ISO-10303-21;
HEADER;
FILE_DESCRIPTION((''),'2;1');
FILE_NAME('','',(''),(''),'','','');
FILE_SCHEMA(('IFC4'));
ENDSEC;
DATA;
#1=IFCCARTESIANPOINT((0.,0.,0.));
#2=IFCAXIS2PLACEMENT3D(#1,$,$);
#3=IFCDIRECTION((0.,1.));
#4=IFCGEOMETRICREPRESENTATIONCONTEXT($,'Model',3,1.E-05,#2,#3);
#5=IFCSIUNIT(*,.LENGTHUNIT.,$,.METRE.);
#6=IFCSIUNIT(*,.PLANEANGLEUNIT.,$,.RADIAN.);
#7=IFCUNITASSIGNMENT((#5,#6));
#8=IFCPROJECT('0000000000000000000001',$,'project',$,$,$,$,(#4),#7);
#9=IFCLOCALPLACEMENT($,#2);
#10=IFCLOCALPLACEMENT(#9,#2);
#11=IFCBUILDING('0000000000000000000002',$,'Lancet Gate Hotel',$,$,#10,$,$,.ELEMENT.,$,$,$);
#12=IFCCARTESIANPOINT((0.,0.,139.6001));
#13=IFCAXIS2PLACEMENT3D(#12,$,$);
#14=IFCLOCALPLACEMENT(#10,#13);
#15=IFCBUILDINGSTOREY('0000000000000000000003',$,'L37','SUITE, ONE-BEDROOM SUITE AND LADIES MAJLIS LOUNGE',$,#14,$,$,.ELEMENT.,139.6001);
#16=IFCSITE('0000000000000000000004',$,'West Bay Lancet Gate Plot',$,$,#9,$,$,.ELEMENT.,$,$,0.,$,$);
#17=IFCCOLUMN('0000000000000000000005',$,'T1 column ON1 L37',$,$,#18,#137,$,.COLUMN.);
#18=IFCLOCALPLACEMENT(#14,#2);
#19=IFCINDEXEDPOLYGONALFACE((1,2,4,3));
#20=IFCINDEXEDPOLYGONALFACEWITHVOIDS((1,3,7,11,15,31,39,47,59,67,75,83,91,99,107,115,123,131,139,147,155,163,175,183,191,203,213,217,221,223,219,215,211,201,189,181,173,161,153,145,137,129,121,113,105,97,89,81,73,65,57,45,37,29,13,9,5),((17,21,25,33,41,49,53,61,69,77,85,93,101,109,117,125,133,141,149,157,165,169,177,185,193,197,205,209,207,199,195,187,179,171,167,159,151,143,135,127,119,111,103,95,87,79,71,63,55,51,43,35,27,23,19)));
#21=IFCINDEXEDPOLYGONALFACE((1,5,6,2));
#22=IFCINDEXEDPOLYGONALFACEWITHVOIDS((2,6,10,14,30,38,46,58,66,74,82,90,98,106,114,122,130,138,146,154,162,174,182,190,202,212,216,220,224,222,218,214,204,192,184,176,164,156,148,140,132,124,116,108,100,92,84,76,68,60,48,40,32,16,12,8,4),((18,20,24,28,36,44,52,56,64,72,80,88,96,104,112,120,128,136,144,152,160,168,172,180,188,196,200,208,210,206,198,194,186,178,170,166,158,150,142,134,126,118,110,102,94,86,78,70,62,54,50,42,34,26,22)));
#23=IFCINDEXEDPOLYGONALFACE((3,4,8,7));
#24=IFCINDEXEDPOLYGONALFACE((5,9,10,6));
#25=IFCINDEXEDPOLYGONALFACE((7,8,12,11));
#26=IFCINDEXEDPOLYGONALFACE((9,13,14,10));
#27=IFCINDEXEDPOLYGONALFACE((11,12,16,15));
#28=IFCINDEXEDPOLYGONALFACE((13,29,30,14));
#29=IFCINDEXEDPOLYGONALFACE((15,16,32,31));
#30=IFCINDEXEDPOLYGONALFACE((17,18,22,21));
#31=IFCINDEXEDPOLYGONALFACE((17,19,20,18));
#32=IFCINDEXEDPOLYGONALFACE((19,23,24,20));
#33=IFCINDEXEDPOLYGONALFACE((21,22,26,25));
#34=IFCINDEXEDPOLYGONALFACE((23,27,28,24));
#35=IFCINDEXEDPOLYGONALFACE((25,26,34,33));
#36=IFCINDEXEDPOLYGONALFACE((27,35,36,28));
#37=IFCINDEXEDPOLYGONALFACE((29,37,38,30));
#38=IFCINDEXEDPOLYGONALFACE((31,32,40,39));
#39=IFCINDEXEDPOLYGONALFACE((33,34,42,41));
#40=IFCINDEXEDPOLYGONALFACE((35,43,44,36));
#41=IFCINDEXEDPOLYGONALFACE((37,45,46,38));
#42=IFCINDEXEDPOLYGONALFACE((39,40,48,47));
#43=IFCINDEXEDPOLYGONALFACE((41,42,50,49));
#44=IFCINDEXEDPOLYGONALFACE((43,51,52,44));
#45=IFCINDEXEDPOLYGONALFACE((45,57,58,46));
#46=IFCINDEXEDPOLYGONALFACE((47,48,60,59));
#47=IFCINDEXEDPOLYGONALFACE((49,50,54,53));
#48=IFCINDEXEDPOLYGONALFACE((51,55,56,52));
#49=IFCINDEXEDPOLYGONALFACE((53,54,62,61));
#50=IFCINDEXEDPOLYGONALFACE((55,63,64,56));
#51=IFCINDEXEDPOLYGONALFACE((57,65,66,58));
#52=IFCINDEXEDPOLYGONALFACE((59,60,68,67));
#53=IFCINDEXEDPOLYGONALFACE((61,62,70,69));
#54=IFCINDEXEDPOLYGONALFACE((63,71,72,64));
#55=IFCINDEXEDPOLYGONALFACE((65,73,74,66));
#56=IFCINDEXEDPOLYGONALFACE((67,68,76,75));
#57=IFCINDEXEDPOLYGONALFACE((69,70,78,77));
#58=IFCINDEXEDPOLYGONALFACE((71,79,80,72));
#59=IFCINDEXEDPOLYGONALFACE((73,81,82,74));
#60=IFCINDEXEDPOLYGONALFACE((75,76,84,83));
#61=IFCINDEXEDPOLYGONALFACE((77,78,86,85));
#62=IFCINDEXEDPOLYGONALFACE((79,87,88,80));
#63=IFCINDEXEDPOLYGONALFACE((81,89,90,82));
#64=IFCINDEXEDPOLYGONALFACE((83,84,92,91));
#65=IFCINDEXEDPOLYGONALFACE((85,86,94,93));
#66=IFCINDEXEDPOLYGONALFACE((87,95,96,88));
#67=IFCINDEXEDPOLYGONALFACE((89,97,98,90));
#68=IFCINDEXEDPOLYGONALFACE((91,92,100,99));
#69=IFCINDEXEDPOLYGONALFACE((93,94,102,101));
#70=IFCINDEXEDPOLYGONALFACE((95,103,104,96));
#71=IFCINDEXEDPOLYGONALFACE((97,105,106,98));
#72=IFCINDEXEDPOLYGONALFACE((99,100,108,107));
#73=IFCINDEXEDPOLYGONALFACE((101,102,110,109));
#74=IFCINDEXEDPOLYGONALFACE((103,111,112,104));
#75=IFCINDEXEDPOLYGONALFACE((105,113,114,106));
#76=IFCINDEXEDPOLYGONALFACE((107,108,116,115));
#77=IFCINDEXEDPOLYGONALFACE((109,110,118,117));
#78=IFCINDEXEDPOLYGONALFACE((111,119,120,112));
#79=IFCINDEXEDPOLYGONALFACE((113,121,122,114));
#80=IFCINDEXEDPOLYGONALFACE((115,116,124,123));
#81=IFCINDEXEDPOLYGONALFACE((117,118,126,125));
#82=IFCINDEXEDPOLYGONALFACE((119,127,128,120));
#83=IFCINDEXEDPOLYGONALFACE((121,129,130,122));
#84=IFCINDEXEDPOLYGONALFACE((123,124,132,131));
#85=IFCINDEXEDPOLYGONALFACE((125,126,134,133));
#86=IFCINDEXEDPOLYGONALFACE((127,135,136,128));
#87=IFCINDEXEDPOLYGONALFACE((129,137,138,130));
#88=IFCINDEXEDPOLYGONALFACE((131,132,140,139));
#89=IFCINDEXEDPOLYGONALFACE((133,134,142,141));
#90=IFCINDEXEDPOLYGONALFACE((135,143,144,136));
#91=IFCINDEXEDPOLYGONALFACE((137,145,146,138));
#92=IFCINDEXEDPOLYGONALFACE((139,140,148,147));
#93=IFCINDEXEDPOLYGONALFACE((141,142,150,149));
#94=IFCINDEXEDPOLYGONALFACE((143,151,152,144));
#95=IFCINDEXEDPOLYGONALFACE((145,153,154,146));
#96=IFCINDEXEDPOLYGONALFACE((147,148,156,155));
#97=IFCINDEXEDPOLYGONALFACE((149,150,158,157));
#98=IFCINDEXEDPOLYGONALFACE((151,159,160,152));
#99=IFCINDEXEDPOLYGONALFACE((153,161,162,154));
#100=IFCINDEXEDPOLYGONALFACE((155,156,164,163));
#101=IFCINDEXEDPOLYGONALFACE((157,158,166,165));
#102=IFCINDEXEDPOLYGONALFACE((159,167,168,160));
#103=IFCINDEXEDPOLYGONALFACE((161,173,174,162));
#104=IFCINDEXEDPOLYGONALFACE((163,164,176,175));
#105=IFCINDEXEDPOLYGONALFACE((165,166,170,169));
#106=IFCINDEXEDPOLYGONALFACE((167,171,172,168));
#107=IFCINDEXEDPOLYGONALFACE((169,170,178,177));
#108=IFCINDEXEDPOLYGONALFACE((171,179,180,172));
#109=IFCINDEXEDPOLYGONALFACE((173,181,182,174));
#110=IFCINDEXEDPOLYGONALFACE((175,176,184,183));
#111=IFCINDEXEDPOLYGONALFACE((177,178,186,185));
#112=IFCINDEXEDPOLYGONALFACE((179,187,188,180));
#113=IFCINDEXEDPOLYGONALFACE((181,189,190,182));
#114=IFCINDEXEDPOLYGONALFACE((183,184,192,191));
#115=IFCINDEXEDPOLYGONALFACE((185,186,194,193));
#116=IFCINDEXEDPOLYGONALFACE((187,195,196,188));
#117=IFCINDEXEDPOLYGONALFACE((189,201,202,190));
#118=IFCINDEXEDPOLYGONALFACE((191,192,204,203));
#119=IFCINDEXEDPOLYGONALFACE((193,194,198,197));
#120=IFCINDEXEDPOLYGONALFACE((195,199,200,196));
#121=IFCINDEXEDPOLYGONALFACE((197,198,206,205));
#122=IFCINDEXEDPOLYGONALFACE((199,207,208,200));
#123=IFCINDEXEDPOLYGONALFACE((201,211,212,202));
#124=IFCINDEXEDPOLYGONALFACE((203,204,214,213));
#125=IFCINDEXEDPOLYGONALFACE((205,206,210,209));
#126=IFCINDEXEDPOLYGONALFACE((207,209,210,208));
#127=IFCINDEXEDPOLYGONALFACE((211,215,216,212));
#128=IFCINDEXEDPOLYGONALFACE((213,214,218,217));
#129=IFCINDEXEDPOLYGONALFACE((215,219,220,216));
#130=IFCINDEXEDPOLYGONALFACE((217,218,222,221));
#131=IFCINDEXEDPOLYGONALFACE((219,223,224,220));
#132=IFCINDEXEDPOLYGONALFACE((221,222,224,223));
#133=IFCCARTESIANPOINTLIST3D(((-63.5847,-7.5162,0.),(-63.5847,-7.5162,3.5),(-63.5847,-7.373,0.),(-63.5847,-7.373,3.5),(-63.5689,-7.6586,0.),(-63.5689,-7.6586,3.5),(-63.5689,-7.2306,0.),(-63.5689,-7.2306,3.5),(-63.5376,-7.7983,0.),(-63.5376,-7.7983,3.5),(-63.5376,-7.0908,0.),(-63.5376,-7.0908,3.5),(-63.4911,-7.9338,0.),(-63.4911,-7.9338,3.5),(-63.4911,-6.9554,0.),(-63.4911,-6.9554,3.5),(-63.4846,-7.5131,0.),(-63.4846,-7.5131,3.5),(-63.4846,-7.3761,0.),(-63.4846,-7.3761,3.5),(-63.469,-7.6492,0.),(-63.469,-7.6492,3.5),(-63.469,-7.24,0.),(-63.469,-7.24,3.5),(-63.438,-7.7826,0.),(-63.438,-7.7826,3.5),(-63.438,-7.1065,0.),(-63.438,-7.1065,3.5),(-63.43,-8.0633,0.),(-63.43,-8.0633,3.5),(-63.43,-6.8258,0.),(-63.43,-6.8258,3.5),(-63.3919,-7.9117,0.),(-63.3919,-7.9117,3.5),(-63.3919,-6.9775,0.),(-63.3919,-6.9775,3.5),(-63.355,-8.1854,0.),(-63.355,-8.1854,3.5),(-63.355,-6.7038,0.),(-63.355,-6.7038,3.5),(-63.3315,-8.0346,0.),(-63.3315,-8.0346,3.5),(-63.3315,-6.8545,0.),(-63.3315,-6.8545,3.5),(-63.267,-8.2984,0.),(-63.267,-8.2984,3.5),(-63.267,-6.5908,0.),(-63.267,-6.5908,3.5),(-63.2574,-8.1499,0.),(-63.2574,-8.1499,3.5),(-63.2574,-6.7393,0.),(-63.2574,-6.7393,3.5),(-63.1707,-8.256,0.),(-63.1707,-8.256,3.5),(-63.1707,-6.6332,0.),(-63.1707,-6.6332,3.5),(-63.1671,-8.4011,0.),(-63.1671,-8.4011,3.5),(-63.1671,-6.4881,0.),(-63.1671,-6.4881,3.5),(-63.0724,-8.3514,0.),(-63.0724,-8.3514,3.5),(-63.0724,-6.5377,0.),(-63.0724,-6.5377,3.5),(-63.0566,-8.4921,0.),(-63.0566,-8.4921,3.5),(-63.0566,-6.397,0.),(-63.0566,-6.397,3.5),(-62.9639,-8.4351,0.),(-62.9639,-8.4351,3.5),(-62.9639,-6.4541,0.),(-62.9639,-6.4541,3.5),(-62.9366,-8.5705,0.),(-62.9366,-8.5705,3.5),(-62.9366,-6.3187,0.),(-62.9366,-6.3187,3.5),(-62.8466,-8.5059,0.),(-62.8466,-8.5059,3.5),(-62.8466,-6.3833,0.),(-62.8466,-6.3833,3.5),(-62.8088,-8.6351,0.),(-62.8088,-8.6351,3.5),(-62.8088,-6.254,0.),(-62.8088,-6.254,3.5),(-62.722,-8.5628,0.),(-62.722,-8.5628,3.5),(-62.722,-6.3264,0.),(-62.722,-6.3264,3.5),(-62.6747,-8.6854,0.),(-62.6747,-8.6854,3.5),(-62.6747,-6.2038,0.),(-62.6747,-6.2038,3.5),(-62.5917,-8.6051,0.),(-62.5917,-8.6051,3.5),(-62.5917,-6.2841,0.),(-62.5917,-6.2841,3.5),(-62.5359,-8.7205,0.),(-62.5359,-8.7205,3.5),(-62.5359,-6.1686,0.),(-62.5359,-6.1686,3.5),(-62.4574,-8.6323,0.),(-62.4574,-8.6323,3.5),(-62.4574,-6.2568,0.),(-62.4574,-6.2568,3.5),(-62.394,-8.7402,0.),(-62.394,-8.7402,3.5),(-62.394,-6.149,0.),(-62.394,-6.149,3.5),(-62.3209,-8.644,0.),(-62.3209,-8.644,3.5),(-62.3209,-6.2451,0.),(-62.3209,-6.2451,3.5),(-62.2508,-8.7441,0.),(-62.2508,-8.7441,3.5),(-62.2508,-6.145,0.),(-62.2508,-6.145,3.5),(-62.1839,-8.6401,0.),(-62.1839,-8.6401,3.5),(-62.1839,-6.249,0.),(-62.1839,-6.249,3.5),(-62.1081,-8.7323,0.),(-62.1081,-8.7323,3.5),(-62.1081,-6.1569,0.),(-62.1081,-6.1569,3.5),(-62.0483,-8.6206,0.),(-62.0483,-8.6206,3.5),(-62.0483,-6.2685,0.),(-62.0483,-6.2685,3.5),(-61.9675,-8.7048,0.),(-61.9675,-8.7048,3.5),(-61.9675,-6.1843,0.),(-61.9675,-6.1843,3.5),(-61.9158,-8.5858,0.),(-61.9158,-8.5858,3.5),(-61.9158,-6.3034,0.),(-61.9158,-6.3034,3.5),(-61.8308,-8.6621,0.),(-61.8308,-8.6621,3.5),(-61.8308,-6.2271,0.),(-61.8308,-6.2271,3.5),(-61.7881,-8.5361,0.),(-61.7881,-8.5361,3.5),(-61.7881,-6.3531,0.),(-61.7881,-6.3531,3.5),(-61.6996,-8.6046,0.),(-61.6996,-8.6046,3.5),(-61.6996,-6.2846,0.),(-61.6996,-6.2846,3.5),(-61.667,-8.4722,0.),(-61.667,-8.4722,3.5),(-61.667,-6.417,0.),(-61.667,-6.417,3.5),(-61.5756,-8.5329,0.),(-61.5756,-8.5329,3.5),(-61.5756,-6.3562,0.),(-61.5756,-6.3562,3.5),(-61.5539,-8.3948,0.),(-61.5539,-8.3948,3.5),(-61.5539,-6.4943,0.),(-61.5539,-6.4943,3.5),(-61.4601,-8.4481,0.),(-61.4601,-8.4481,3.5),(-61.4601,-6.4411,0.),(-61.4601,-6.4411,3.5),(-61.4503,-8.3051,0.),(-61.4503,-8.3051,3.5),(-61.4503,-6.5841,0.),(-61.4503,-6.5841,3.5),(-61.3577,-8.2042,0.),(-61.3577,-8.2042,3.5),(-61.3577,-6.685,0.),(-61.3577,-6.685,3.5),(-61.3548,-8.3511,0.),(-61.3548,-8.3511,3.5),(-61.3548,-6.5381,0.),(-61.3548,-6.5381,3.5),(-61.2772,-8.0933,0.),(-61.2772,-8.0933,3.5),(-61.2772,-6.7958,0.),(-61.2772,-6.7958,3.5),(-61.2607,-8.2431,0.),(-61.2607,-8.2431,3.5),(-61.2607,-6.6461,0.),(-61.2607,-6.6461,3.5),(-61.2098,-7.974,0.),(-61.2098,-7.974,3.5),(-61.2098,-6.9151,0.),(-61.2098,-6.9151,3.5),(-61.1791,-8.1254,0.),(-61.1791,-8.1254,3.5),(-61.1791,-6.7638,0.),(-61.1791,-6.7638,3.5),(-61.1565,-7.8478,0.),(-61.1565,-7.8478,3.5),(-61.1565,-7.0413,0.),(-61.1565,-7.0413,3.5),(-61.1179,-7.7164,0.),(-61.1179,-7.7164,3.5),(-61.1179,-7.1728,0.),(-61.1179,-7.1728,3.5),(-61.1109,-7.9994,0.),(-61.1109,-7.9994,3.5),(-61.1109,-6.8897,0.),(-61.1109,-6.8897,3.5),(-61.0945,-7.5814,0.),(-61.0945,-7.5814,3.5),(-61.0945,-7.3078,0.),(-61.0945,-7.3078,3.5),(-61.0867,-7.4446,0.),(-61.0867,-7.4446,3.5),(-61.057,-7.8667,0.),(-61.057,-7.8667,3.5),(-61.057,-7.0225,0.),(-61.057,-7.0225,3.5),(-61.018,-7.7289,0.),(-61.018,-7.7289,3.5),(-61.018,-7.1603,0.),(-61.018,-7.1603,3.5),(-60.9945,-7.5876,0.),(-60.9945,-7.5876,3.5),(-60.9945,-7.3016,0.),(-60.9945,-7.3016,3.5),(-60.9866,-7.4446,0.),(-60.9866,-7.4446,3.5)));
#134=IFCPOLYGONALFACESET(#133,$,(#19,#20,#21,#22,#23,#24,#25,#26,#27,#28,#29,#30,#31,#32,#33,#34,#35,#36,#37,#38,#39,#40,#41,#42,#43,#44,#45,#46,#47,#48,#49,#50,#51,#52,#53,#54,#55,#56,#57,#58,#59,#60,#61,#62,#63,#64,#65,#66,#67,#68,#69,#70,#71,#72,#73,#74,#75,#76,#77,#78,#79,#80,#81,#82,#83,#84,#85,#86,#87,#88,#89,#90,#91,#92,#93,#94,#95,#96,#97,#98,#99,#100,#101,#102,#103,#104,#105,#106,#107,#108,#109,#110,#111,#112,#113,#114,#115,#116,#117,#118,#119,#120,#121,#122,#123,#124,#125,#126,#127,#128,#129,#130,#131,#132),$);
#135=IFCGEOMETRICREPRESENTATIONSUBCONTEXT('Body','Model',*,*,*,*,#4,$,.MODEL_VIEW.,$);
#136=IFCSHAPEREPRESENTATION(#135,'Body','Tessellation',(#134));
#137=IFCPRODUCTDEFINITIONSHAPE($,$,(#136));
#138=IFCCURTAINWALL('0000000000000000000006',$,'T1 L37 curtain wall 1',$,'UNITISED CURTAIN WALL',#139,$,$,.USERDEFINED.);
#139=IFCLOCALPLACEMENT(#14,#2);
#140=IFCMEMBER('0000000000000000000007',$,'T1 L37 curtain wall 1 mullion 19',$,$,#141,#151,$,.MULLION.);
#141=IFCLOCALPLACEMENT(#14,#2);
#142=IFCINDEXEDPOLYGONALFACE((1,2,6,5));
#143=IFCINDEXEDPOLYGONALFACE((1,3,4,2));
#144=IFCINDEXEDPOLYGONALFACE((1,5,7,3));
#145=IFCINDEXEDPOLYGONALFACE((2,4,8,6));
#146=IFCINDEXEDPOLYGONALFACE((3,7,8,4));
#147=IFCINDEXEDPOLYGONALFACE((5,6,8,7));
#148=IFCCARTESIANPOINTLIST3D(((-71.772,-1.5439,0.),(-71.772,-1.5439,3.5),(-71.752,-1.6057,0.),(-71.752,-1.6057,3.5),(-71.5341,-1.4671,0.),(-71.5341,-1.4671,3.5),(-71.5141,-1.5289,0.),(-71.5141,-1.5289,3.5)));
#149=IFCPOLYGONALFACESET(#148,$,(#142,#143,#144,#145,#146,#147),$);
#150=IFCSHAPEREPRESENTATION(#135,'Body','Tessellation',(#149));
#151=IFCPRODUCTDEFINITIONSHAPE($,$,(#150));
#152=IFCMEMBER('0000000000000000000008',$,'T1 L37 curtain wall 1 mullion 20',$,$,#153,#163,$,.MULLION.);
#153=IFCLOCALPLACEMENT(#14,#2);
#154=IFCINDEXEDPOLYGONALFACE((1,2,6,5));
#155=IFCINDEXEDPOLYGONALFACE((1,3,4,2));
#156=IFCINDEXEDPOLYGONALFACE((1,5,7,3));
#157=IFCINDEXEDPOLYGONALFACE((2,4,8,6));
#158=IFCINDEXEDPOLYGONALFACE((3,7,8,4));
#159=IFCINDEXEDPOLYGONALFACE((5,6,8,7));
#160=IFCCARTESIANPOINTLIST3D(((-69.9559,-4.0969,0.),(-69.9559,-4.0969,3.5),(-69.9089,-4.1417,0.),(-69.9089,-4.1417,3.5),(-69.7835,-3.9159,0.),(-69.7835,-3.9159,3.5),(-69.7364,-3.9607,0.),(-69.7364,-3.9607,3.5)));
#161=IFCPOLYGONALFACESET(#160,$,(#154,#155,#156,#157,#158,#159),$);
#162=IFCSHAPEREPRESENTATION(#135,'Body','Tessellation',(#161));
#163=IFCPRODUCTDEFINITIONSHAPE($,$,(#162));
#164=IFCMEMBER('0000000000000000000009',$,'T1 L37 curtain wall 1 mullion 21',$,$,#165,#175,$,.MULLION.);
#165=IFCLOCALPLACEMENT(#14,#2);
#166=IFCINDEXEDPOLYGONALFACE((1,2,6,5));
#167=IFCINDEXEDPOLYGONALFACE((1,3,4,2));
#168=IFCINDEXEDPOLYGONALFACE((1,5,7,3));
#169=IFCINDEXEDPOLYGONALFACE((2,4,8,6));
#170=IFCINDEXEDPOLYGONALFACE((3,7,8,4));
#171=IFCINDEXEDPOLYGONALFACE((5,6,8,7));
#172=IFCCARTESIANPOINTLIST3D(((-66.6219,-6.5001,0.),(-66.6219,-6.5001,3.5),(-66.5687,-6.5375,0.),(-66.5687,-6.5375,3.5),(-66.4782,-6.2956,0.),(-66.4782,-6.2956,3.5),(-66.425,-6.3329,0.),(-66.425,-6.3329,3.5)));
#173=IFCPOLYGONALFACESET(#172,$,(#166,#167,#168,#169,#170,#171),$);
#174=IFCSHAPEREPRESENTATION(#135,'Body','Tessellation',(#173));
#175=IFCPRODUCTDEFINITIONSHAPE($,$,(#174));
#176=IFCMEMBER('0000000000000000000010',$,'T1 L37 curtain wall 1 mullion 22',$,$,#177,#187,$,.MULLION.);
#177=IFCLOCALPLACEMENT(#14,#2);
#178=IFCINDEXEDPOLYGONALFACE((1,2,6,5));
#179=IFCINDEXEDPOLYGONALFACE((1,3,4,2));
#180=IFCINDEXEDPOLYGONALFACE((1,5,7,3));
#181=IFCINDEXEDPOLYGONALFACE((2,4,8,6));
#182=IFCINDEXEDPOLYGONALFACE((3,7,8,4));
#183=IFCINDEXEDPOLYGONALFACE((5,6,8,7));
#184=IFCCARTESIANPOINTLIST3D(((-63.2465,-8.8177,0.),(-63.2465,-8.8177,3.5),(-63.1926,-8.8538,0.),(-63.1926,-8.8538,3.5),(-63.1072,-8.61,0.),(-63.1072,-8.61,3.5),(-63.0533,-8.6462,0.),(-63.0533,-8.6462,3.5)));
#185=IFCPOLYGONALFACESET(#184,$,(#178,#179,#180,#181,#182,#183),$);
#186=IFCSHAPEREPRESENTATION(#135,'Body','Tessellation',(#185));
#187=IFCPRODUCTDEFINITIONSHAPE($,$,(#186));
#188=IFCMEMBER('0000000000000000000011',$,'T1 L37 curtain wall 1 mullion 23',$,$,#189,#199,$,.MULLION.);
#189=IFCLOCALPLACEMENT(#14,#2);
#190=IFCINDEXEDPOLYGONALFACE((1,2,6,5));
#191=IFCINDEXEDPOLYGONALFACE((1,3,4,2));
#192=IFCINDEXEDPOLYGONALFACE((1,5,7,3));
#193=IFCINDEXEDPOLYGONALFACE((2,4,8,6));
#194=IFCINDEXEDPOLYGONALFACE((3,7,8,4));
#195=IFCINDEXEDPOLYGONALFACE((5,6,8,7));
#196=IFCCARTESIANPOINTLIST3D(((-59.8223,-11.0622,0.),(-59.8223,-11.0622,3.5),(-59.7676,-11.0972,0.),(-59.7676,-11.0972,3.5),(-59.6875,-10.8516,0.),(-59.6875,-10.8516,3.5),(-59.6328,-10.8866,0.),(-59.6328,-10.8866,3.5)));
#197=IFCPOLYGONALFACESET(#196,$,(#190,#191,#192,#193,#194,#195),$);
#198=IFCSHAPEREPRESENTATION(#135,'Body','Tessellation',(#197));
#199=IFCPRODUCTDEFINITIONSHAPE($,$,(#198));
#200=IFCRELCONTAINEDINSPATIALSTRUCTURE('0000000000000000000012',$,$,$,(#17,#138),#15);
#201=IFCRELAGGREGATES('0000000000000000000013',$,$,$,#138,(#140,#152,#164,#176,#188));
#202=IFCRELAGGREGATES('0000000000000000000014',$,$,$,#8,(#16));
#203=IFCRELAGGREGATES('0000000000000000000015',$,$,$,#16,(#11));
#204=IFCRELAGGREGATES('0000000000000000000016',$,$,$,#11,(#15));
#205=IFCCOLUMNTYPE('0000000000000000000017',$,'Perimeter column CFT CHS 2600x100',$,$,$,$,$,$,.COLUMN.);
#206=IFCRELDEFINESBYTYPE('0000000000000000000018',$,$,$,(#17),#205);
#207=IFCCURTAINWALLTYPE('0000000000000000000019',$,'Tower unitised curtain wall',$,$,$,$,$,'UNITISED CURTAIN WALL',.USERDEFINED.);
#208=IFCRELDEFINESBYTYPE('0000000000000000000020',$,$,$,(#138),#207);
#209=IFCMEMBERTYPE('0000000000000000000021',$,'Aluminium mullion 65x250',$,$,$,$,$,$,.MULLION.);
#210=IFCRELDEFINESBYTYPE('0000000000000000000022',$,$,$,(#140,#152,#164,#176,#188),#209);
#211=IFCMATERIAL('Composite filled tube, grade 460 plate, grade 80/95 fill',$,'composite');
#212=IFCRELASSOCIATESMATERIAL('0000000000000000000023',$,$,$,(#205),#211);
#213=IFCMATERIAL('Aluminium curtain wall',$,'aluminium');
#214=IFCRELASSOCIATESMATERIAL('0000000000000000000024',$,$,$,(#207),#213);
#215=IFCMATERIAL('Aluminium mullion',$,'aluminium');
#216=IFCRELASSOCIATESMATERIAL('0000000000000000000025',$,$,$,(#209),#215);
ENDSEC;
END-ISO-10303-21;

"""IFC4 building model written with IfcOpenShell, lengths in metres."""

from ifc_helpers import new_model, si_unit, direction, frame, origin, origin_2d, place, context, subcontext, project, spatial, rectangle, hollow_circle, extrude, material, material_profile, profile_set, type_object, element, aggregate, save


model = new_model("IFC4")

# Units and contexts
model_context = context("Model", 3, precision=1e-05, world=origin(), true_north=direction((0.0, 1.0)))
body_context = subcontext(model_context, "Body", "Model", "MODEL_VIEW")
ifc_project = project(units=[si_unit("LENGTHUNIT", "METRE"), si_unit("PLANEANGLEUNIT", "RADIAN")], contexts=[model_context])

# Site, building, storey
site_placement = place(None, origin())
site = spatial("IfcSite", under=ifc_project, at=site_placement, Name="West Bay Lancet Gate Plot", CompositionType="ELEMENT", RefElevation=0.0)
building_placement = place(site_placement, origin())
building = spatial("IfcBuilding", under=site, at=building_placement, Name="Lancet Gate Hotel", CompositionType="ELEMENT")
storey_placement = place(building_placement, frame((0.0, 0.0, 139.6001)))
storey = spatial("IfcBuildingStorey", under=building, at=storey_placement, Name="L37", Description="SUITE, ONE-BEDROOM SUITE AND LADIES MAJLIS LOUNGE", CompositionType="ELEMENT", Elevation=139.6001)

# Column
ifc_material_1 = material(Name="Composite filled tube, grade 460 plate, grade 80/95 fill", Category="composite")
ifc_material_profile_1 = material_profile(ifc_material_1, hollow_circle(Radius=1.3, WallThickness=0.1001, at=origin_2d()), Name="CHS 2600x100")
ifc_profile_set_1 = profile_set([ifc_material_profile_1], Name="Composite filled tube, grade 460 plate, grade 80/95 fill")
column_type_1 = type_object("IfcColumnType", Name="Perimeter column CFT CHS 2600x100", PredefinedType="COLUMN", material=ifc_profile_set_1)
column_1_placement = place(storey_placement, frame((-62.2866, -7.4446, 0.0), z_axis=(0.0, 0.0, 1.0), x_axis=(1.0, 0.0, 0.0)))
element("IfcColumn", 1, at=column_1_placement, inside=storey, type_object=column_type_1, Name="T1 column ON1 L37", PredefinedType="COLUMN", context=body_context, shape_type="SweptSolid", body=[
    extrude(hollow_circle(Radius=1.3, WallThickness=0.1001, at=origin_2d()), origin(), (0.0, 0.0, 1.0), 3.5),
])

# Curtain wall, members
ifc_material_2 = material(Name="Aluminium curtain wall", Category="aluminium")
curtain_wall_type = type_object("IfcCurtainWallType", Name="Tower unitised curtain wall", ElementType="UNITISED CURTAIN WALL", PredefinedType="USERDEFINED", material=ifc_material_2)
curtain_wall_placement = place(storey_placement, origin())
curtain_wall = element("IfcCurtainWall", 2, at=curtain_wall_placement, inside=storey, type_object=curtain_wall_type, Name="T1 L37 curtain wall 1", ObjectType="UNITISED CURTAIN WALL", PredefinedType="USERDEFINED")
ifc_material_3 = material(Name="Aluminium mullion", Category="aluminium")
ifc_material_profile_2 = material_profile(ifc_material_3, rectangle(XDim=0.0649, YDim=0.25, at=origin_2d()), Name="MULLION 65x250")
ifc_profile_set_2 = profile_set([ifc_material_profile_2], Name="Aluminium mullion")
member_type_1 = type_object("IfcMemberType", Name="Aluminium mullion 65x250", PredefinedType="MULLION", material=ifc_profile_set_2)
member_1_placement = place(storey_placement, frame((-71.6431, -1.5364, 0.0), z_axis=(0.0, 0.0, 1.0), x_axis=(0.307269, -0.951623, 0.0)))
member_1 = element("IfcMember", 3, at=member_1_placement, type_object=member_type_1, Name="T1 L37 curtain wall 1 mullion 19", PredefinedType="MULLION", context=body_context, shape_type="SweptSolid", body=[
    extrude(rectangle(XDim=0.0649, YDim=0.25, at=origin_2d()), origin(), (0.0, 0.0, 1.0), 3.5),
])
member_2_placement = place(storey_placement, frame((-69.8462, -4.0288, 0.0), z_axis=(0.0, 0.0, 1.0), x_axis=(0.723846, -0.689961, 0.0)))
member_2 = element("IfcMember", 4, at=member_2_placement, type_object=member_type_1, Name="T1 L37 curtain wall 1 mullion 20", PredefinedType="MULLION", context=body_context, shape_type="SweptSolid", body=[
    extrude(rectangle(XDim=0.0649, YDim=0.25, at=origin_2d()), origin(), (0.0, 0.0, 1.0), 3.5),
])
member_3_placement = place(storey_placement, frame((-66.5234, -6.4165, 0.0), z_axis=(0.0, 0.0, 1.0), x_axis=(0.818327, -0.574753, 0.0)))
member_3 = element("IfcMember", 5, at=member_3_placement, type_object=member_type_1, Name="T1 L37 curtain wall 1 mullion 21", PredefinedType="MULLION", context=body_context, shape_type="SweptSolid", body=[
    extrude(rectangle(XDim=0.0649, YDim=0.25, at=origin_2d()), origin(), (0.0, 0.0, 1.0), 3.5),
])
member_4_placement = place(storey_placement, frame((-63.1499, -8.7319, 0.0), z_axis=(0.0, 0.0, 1.0), x_axis=(0.83051, -0.557004, 0.0)))
member_4 = element("IfcMember", 6, at=member_4_placement, type_object=member_type_1, Name="T1 L37 curtain wall 1 mullion 22", PredefinedType="MULLION", context=body_context, shape_type="SweptSolid", body=[
    extrude(rectangle(XDim=0.0649, YDim=0.25, at=origin_2d()), origin(), (0.0, 0.0, 1.0), 3.5),
])
member_5_placement = place(storey_placement, frame((-59.7275, -10.9744, 0.0), z_axis=(0.0, 0.0, 1.0), x_axis=(0.842308, -0.538996, 0.0)))
member_5 = element("IfcMember", 7, at=member_5_placement, type_object=member_type_1, Name="T1 L37 curtain wall 1 mullion 23", PredefinedType="MULLION", context=body_context, shape_type="SweptSolid", body=[
    extrude(rectangle(XDim=0.0649, YDim=0.25, at=origin_2d()), origin(), (0.0, 0.0, 1.0), 3.5),
])

aggregate(curtain_wall, [member_1, member_2, member_3, member_4, member_5])

save(model, "model.ifc")
